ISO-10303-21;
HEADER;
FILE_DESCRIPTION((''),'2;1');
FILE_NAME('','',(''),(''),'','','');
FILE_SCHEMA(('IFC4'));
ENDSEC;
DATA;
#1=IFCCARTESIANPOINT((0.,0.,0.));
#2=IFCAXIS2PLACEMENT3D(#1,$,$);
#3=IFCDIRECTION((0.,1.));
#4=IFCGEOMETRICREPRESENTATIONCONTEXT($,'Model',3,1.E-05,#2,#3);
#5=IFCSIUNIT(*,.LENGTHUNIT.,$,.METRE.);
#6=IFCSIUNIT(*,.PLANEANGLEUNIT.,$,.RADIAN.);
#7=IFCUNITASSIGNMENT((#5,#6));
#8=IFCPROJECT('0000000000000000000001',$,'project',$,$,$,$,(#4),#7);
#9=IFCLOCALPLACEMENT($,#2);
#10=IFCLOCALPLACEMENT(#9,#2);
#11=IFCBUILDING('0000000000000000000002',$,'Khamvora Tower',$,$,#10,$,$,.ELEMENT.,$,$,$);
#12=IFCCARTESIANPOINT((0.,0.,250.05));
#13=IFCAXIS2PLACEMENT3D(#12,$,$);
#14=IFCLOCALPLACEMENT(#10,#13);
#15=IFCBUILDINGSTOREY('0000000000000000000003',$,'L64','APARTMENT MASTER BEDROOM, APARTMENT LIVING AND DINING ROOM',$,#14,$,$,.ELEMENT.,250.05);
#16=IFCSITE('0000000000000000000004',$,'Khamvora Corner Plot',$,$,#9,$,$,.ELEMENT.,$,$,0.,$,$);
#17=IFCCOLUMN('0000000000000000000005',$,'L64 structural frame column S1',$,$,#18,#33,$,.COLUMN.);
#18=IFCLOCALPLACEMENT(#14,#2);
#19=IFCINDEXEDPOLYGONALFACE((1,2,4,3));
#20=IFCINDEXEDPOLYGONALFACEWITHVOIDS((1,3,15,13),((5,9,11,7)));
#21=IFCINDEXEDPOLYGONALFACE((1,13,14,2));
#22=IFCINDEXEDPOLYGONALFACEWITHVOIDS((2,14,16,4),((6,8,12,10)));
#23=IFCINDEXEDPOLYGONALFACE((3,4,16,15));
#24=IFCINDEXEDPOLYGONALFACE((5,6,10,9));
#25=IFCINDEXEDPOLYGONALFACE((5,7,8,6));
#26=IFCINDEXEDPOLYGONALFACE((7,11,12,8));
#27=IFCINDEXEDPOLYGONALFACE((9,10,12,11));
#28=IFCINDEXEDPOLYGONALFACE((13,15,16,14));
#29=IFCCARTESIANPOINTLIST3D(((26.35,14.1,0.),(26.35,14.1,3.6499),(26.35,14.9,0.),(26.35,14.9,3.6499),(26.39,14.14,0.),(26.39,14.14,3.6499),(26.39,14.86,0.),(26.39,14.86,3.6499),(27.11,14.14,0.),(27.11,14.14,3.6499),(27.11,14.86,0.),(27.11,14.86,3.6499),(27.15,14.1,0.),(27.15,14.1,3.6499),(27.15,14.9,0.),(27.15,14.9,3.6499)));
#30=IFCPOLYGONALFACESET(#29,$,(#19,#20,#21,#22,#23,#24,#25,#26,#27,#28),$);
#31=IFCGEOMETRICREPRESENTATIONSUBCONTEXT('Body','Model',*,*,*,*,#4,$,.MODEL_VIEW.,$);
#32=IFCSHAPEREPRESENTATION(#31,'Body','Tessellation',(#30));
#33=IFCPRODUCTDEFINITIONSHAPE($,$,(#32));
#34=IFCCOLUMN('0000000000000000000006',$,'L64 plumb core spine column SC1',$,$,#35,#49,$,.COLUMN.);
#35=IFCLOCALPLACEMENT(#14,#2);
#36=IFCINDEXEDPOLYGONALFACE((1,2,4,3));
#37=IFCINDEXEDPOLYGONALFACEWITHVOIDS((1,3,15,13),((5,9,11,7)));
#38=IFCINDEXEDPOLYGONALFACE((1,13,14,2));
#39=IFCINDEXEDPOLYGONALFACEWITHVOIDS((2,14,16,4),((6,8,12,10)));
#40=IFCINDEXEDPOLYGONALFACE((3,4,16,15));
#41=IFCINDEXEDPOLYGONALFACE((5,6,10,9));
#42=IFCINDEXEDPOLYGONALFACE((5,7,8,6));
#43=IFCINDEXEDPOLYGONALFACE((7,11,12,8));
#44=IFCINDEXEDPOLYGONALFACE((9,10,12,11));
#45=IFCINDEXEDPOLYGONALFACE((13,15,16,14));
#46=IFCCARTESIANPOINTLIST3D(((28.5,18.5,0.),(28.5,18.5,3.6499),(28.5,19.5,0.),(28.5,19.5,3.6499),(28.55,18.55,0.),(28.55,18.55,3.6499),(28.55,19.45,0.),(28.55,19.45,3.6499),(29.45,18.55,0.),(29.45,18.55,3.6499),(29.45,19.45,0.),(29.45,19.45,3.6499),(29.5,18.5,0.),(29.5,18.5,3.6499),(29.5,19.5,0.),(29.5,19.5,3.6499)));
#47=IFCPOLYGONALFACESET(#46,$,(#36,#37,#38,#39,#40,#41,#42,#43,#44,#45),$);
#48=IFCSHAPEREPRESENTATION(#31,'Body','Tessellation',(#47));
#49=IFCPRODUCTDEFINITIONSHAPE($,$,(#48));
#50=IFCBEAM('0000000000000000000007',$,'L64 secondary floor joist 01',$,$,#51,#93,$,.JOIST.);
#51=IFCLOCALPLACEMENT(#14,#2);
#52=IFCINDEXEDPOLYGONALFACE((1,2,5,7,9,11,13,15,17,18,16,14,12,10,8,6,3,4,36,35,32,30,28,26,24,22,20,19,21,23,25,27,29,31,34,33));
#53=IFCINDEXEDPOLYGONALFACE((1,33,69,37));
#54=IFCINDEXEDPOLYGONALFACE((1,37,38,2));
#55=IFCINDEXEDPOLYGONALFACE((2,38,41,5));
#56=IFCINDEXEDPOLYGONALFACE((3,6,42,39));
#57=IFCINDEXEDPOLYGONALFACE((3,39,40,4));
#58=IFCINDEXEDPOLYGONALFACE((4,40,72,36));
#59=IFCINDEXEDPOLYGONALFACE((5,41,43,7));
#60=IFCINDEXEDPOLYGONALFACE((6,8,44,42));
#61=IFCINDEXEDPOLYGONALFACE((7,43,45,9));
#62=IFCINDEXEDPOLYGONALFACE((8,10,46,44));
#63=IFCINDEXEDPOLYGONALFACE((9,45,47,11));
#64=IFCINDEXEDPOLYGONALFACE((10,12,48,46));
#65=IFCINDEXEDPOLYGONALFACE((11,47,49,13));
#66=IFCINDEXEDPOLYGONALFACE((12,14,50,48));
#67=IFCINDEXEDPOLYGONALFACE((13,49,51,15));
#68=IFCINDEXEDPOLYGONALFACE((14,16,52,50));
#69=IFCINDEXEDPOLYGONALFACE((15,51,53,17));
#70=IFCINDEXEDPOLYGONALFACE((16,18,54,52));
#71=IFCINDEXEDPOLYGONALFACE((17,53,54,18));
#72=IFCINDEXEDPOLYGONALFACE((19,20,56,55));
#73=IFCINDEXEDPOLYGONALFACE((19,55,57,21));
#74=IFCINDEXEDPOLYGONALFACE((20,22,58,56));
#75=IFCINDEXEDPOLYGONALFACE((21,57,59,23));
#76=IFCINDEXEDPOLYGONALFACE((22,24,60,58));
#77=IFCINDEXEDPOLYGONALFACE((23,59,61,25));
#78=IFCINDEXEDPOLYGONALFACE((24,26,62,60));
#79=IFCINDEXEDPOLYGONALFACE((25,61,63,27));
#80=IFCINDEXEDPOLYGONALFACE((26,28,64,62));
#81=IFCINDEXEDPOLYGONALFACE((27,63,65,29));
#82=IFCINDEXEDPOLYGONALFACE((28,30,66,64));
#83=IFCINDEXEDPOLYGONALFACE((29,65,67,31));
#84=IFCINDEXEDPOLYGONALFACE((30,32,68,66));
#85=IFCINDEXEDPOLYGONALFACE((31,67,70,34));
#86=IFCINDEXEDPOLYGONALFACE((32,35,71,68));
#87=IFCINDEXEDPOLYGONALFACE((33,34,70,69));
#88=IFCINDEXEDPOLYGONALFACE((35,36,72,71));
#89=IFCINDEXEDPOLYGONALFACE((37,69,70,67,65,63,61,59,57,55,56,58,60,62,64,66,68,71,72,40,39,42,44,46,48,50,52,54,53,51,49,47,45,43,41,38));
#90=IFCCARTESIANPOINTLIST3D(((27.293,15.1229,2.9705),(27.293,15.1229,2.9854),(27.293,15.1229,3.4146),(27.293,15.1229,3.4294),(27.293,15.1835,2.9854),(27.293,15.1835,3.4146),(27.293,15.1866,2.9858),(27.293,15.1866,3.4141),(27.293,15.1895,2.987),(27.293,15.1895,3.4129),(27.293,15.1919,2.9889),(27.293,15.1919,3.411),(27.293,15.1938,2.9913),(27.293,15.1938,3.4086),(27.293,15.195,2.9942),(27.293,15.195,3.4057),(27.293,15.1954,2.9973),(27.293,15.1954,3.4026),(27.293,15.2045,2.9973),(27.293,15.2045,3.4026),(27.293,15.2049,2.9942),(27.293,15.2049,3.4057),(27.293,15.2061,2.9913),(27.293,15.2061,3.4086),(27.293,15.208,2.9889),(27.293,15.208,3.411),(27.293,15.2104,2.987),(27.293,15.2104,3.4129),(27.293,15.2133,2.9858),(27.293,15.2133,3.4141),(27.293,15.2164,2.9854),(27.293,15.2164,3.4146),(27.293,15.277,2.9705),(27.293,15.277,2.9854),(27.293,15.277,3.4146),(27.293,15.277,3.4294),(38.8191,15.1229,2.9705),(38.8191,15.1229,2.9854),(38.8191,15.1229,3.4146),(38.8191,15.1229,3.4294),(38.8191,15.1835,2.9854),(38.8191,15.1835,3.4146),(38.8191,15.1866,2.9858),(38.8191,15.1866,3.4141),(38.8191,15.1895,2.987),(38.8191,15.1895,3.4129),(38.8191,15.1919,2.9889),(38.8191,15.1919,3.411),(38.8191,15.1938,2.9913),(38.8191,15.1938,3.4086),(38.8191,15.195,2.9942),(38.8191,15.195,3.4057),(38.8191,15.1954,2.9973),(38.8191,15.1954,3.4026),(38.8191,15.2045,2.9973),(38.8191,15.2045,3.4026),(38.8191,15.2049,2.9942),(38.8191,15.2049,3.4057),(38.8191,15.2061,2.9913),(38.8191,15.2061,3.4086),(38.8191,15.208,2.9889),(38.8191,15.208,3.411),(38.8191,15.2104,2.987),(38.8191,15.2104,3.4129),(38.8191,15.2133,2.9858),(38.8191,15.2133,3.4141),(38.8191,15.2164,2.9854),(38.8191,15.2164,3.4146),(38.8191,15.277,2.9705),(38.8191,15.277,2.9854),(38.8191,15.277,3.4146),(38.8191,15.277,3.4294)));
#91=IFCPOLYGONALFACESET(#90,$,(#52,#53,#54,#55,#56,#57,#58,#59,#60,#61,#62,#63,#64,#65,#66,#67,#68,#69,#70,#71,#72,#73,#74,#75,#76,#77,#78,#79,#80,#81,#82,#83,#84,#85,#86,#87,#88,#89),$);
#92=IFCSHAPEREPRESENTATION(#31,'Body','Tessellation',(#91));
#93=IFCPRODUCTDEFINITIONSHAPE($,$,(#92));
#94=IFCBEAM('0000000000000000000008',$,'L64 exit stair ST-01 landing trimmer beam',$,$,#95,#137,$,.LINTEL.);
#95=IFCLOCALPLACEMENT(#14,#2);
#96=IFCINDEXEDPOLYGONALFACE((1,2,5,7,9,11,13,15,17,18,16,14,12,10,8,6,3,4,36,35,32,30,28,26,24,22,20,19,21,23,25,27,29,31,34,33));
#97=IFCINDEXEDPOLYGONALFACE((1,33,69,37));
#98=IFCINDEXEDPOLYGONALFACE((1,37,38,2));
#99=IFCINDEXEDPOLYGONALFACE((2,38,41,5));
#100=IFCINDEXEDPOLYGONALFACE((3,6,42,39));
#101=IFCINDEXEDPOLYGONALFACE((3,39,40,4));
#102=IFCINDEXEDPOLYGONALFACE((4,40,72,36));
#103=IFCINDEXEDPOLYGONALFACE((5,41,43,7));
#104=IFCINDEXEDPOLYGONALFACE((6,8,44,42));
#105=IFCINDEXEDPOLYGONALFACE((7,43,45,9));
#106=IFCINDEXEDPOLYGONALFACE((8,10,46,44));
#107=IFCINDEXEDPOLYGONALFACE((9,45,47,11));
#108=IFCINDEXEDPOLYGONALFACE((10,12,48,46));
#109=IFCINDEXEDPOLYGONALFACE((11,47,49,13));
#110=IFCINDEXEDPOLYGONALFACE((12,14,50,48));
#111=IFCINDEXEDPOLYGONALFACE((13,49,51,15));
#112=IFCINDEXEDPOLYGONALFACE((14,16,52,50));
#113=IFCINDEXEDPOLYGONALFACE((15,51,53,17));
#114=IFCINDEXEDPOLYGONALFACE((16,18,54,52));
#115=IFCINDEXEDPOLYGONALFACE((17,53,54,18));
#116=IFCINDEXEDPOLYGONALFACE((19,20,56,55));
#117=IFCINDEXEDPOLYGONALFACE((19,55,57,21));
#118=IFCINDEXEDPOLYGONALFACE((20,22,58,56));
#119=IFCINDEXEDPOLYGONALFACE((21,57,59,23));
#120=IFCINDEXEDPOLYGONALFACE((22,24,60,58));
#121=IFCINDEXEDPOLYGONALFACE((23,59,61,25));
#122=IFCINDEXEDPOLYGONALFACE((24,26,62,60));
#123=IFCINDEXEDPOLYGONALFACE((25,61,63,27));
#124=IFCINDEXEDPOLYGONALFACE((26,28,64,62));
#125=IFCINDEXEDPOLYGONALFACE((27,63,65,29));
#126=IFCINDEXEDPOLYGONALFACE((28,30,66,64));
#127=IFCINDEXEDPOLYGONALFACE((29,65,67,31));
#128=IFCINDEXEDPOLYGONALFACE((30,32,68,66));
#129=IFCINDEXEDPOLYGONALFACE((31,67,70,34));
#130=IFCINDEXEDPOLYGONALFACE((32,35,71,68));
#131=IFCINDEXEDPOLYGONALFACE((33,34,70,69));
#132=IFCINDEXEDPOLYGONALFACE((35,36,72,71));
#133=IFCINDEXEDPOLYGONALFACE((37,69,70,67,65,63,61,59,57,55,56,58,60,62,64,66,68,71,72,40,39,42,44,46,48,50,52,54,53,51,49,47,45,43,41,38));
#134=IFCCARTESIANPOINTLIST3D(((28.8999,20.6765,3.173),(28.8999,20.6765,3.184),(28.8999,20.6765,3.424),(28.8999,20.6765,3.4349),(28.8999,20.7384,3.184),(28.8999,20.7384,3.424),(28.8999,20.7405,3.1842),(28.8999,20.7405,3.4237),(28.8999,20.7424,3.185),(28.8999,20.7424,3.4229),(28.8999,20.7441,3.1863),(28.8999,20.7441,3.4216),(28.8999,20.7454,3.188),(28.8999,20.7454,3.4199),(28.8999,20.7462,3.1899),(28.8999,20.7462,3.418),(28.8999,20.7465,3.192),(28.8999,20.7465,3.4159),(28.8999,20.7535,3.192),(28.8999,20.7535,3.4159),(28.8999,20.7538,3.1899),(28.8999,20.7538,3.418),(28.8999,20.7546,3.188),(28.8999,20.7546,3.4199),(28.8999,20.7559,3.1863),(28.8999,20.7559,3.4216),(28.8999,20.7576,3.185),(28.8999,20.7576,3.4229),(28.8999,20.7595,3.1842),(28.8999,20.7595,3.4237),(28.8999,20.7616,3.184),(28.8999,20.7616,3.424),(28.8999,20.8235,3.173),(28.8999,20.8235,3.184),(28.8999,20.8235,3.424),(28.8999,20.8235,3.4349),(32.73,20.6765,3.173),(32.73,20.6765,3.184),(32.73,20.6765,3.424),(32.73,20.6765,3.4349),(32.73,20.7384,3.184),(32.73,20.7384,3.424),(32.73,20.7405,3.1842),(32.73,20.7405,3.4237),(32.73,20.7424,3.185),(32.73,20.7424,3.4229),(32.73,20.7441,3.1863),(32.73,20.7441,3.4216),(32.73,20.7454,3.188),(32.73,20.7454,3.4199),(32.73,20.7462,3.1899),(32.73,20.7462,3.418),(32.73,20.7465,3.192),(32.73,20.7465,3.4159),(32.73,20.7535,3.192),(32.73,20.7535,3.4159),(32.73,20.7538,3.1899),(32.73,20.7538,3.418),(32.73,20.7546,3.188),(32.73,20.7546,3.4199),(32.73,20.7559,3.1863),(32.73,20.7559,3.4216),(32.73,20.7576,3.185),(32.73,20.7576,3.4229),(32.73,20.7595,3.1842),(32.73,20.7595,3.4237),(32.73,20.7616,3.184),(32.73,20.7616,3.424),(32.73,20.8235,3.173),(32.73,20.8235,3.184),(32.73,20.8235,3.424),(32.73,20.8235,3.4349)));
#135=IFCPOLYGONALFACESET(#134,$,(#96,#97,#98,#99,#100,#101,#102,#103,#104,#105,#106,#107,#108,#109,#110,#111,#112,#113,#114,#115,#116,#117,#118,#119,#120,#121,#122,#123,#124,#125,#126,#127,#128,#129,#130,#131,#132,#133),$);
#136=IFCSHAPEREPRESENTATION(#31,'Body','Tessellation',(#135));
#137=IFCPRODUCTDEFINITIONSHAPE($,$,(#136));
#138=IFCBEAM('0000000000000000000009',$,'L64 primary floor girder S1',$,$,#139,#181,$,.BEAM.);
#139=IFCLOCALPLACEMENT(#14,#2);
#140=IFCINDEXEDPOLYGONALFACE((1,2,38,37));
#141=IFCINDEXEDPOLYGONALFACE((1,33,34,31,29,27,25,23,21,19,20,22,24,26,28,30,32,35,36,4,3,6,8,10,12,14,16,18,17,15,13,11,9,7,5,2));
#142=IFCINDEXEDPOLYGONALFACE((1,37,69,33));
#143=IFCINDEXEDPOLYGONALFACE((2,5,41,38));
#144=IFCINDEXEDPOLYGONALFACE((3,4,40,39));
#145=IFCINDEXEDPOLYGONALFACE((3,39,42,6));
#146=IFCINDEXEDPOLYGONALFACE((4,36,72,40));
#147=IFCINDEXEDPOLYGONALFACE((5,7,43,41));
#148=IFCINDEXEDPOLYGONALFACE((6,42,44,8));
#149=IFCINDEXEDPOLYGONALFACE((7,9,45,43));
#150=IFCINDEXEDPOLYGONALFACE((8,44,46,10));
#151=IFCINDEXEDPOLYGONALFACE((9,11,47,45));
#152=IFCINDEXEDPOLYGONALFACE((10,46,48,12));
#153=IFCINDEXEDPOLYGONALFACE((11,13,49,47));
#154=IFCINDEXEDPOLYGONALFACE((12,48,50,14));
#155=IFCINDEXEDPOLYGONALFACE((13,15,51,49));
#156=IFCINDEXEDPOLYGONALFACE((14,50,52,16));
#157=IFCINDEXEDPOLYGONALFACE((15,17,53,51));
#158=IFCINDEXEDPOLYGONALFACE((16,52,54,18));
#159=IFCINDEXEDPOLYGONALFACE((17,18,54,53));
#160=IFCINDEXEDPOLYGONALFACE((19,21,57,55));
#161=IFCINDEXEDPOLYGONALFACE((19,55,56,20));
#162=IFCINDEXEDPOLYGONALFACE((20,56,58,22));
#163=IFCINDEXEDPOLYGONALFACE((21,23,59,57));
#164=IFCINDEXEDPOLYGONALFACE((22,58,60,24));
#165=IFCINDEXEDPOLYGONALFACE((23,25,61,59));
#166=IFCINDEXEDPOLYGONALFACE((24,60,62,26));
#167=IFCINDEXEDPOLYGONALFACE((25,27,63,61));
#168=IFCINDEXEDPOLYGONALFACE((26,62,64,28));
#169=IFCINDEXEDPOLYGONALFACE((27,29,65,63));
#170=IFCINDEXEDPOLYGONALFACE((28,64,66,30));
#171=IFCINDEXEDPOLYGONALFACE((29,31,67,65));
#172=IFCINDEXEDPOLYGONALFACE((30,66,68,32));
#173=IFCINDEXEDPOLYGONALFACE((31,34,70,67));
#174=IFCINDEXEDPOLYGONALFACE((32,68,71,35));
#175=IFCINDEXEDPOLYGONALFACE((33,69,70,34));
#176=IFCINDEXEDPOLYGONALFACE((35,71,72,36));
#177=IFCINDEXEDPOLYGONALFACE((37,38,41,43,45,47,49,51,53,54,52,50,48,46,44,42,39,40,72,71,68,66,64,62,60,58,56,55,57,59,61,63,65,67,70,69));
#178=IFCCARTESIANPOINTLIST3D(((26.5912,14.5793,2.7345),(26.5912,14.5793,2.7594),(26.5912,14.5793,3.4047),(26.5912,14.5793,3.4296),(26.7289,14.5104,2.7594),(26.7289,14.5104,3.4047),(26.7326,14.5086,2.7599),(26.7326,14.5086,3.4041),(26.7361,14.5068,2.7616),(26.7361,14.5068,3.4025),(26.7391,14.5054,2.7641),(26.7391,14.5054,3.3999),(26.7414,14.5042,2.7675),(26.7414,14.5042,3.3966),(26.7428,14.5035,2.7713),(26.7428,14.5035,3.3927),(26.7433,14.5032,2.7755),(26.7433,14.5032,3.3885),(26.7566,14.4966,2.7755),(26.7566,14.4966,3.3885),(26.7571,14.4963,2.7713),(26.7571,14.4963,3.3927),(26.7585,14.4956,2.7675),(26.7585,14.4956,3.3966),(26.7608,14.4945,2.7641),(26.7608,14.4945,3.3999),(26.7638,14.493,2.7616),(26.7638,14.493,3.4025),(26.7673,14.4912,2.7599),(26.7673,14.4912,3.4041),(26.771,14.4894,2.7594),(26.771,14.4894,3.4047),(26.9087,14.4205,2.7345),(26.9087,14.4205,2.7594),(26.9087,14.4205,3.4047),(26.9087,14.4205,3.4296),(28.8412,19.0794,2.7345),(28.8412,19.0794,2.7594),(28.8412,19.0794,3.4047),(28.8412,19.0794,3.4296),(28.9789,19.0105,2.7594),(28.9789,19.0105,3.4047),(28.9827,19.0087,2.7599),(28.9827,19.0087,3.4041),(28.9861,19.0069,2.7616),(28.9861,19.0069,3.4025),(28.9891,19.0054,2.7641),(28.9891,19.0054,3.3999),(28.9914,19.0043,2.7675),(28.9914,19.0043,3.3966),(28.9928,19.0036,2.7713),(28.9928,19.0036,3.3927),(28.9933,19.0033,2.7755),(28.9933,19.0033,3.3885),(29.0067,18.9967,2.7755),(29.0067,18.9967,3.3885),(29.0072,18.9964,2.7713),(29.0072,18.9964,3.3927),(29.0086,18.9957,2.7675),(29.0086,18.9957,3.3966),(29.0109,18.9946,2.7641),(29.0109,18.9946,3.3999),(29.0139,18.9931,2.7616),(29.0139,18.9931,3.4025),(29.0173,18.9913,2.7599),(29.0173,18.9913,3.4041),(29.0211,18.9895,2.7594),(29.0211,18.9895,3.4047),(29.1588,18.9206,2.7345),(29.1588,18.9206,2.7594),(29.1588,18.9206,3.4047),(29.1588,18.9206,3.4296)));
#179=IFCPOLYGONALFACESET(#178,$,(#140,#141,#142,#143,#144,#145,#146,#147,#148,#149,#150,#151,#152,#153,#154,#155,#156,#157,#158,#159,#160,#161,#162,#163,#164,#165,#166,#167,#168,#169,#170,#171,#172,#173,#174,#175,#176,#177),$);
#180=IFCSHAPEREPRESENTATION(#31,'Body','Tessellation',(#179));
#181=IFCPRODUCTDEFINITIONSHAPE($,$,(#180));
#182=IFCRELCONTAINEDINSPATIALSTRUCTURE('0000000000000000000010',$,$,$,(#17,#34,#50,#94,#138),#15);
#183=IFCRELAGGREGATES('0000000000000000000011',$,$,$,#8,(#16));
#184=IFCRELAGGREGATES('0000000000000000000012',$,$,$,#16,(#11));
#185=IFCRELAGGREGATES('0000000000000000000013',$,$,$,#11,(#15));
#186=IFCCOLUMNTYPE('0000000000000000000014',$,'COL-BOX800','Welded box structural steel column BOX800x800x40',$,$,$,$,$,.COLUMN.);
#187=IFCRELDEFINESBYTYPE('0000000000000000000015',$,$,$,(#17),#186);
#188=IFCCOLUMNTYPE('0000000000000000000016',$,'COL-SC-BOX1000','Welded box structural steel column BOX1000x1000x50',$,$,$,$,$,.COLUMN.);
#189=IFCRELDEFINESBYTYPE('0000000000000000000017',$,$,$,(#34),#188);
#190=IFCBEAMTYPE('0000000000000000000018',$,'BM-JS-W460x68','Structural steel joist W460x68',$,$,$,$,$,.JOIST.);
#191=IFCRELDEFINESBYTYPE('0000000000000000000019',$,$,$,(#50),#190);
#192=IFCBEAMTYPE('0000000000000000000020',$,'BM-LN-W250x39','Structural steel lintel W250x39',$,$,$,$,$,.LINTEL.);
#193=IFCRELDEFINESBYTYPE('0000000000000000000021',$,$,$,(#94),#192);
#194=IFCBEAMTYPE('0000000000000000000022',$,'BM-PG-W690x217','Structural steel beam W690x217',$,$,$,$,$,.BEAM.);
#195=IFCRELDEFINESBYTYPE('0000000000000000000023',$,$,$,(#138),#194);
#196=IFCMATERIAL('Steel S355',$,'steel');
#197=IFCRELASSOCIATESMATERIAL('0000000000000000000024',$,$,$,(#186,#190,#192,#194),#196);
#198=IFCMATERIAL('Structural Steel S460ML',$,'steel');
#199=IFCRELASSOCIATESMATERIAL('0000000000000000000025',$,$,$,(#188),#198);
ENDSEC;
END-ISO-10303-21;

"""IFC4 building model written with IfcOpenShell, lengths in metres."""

from ifc_helpers import new_model, si_unit, direction, frame, origin, origin_2d, place, context, subcontext, project, spatial, hollow_rectangle, i_section, extrude, material, material_profile, profile_set, type_object, element, save


model = new_model("IFC4")

# Units and contexts
model_context = context("Model", 3, precision=1e-05, world=origin(), true_north=direction((0.0, 1.0)))
body_context = subcontext(model_context, "Body", "Model", "MODEL_VIEW")
ifc_project = project(units=[si_unit("LENGTHUNIT", "METRE"), si_unit("PLANEANGLEUNIT", "RADIAN")], contexts=[model_context])

# Site, building, storey
site_placement = place(None, origin())
site = spatial("IfcSite", under=ifc_project, at=site_placement, Name="Khamvora Corner Plot", CompositionType="ELEMENT", RefElevation=0.0)
building_placement = place(site_placement, origin())
building = spatial("IfcBuilding", under=site, at=building_placement, Name="Khamvora Tower", CompositionType="ELEMENT")
storey_placement = place(building_placement, frame((0.0, 0.0, 250.05)))
storey = spatial("IfcBuildingStorey", under=building, at=storey_placement, Name="L64", Description="APARTMENT MASTER BEDROOM, APARTMENT LIVING AND DINING ROOM", CompositionType="ELEMENT", Elevation=250.05)

# Columns
ifc_material_1 = material(Name="Steel S355", Category="steel")
ifc_material_profile_1 = material_profile(ifc_material_1, hollow_rectangle(XDim=0.8, YDim=0.8, WallThickness=0.04, at=origin_2d()), Name="BOX800x800x40")
ifc_profile_set_1 = profile_set([ifc_material_profile_1], Name="Steel S355")
column_type_1 = type_object("IfcColumnType", Name="COL-BOX800", Description="Welded box structural steel column BOX800x800x40", PredefinedType="COLUMN", material=ifc_profile_set_1)
column_1_placement = place(storey_placement, frame((26.75, 14.5, 0.0), z_axis=(0.0, 0.0, 1.0), x_axis=(1.0, 0.0, 0.0)))
element("IfcColumn", 1, at=column_1_placement, inside=storey, type_object=column_type_1, Name="L64 structural frame column S1", PredefinedType="COLUMN", context=body_context, shape_type="SweptSolid", body=[
    extrude(hollow_rectangle(XDim=0.8, YDim=0.8, WallThickness=0.04, at=origin_2d()), origin(), (0.0, 0.0, 1.0), 3.6499),
])
ifc_material_2 = material(Name="Structural Steel S460ML", Category="steel")
ifc_material_profile_2 = material_profile(ifc_material_2, hollow_rectangle(XDim=1.0, YDim=1.0, WallThickness=0.05, at=origin_2d()), Name="BOX1000x1000x50")
ifc_profile_set_2 = profile_set([ifc_material_profile_2], Name="Structural Steel S460ML")
column_type_2 = type_object("IfcColumnType", Name="COL-SC-BOX1000", Description="Welded box structural steel column BOX1000x1000x50", PredefinedType="COLUMN", material=ifc_profile_set_2)
column_2_placement = place(storey_placement, frame((29.0, 19.0, 0.0), z_axis=(0.0, 0.0, 1.0), x_axis=(1.0, 0.0, 0.0)))
element("IfcColumn", 2, at=column_2_placement, inside=storey, type_object=column_type_2, Name="L64 plumb core spine column SC1", PredefinedType="COLUMN", context=body_context, shape_type="SweptSolid", body=[
    extrude(hollow_rectangle(XDim=1.0, YDim=1.0, WallThickness=0.05, at=origin_2d()), origin(), (0.0, 0.0, 1.0), 3.6499),
])

# Beams
ifc_material_profile_3 = material_profile(ifc_material_1, i_section(OverallWidth=0.1541, OverallDepth=0.459, WebThickness=0.009, FlangeThickness=0.0149, FilletRadius=0.012, at=origin_2d()), Name="W460x68")
ifc_profile_set_3 = profile_set([ifc_material_profile_3], Name="Steel S355")
beam_type_1 = type_object("IfcBeamType", Name="BM-JS-W460x68", Description="Structural steel joist W460x68", PredefinedType="JOIST", material=ifc_profile_set_3)
beam_1_placement = place(storey_placement, frame((27.293, 15.2, 3.2), z_axis=(1.0, 0.0, 0.0), x_axis=(0.0, 1.0, 0.0)))
element("IfcBeam", 3, at=beam_1_placement, inside=storey, type_object=beam_type_1, Name="L64 secondary floor joist 01", PredefinedType="JOIST", context=body_context, shape_type="SweptSolid", body=[
    extrude(i_section(OverallWidth=0.1541, OverallDepth=0.459, WebThickness=0.009, FlangeThickness=0.0149, FilletRadius=0.012, at=origin_2d()), origin(), (0.0, 0.0, 1.0), 11.5261),
])
ifc_material_profile_4 = material_profile(ifc_material_1, i_section(OverallWidth=0.147, OverallDepth=0.262, WebThickness=0.0071, FlangeThickness=0.011, FilletRadius=0.0081, at=origin_2d()), Name="W250x39")
ifc_profile_set_4 = profile_set([ifc_material_profile_4], Name="Steel S355")
beam_type_2 = type_object("IfcBeamType", Name="BM-LN-W250x39", Description="Structural steel lintel W250x39", PredefinedType="LINTEL", material=ifc_profile_set_4)
beam_2_placement = place(storey_placement, frame((28.8999, 20.75, 3.304), z_axis=(1.0, 0.0, 0.0), x_axis=(0.0, 1.0, 0.0)))
element("IfcBeam", 4, at=beam_2_placement, inside=storey, type_object=beam_type_2, Name="L64 exit stair ST-01 landing trimmer beam", PredefinedType="LINTEL", context=body_context, shape_type="SweptSolid", body=[
    extrude(i_section(OverallWidth=0.147, OverallDepth=0.262, WebThickness=0.0071, FlangeThickness=0.011, FilletRadius=0.0081, at=origin_2d()), origin(), (0.0, 0.0, 1.0), 3.8301),
])
ifc_material_profile_5 = material_profile(ifc_material_1, i_section(OverallWidth=0.355, OverallDepth=0.6951, WebThickness=0.0149, FlangeThickness=0.0249, FilletRadius=0.0161, at=origin_2d()), Name="W690x217")
ifc_profile_set_5 = profile_set([ifc_material_profile_5], Name="Steel S355")
beam_type_3 = type_object("IfcBeamType", Name="BM-PG-W690x217", Description="Structural steel beam W690x217", PredefinedType="BEAM", material=ifc_profile_set_5)
beam_3_placement = place(storey_placement, frame((29.0, 19.0, 3.082), z_axis=(-0.447214, -0.894427, 0.0), x_axis=(0.894427, -0.447214, 0.0)))
element("IfcBeam", 5, at=beam_3_placement, inside=storey, type_object=beam_type_3, Name="L64 primary floor girder S1", PredefinedType="BEAM", context=body_context, shape_type="SweptSolid", body=[
    extrude(i_section(OverallWidth=0.355, OverallDepth=0.6951, WebThickness=0.0149, FlangeThickness=0.0249, FilletRadius=0.0161, at=origin_2d()), origin(), (0.0, 0.0, 1.0), 5.0312),
])

save(model, "model.ifc")
